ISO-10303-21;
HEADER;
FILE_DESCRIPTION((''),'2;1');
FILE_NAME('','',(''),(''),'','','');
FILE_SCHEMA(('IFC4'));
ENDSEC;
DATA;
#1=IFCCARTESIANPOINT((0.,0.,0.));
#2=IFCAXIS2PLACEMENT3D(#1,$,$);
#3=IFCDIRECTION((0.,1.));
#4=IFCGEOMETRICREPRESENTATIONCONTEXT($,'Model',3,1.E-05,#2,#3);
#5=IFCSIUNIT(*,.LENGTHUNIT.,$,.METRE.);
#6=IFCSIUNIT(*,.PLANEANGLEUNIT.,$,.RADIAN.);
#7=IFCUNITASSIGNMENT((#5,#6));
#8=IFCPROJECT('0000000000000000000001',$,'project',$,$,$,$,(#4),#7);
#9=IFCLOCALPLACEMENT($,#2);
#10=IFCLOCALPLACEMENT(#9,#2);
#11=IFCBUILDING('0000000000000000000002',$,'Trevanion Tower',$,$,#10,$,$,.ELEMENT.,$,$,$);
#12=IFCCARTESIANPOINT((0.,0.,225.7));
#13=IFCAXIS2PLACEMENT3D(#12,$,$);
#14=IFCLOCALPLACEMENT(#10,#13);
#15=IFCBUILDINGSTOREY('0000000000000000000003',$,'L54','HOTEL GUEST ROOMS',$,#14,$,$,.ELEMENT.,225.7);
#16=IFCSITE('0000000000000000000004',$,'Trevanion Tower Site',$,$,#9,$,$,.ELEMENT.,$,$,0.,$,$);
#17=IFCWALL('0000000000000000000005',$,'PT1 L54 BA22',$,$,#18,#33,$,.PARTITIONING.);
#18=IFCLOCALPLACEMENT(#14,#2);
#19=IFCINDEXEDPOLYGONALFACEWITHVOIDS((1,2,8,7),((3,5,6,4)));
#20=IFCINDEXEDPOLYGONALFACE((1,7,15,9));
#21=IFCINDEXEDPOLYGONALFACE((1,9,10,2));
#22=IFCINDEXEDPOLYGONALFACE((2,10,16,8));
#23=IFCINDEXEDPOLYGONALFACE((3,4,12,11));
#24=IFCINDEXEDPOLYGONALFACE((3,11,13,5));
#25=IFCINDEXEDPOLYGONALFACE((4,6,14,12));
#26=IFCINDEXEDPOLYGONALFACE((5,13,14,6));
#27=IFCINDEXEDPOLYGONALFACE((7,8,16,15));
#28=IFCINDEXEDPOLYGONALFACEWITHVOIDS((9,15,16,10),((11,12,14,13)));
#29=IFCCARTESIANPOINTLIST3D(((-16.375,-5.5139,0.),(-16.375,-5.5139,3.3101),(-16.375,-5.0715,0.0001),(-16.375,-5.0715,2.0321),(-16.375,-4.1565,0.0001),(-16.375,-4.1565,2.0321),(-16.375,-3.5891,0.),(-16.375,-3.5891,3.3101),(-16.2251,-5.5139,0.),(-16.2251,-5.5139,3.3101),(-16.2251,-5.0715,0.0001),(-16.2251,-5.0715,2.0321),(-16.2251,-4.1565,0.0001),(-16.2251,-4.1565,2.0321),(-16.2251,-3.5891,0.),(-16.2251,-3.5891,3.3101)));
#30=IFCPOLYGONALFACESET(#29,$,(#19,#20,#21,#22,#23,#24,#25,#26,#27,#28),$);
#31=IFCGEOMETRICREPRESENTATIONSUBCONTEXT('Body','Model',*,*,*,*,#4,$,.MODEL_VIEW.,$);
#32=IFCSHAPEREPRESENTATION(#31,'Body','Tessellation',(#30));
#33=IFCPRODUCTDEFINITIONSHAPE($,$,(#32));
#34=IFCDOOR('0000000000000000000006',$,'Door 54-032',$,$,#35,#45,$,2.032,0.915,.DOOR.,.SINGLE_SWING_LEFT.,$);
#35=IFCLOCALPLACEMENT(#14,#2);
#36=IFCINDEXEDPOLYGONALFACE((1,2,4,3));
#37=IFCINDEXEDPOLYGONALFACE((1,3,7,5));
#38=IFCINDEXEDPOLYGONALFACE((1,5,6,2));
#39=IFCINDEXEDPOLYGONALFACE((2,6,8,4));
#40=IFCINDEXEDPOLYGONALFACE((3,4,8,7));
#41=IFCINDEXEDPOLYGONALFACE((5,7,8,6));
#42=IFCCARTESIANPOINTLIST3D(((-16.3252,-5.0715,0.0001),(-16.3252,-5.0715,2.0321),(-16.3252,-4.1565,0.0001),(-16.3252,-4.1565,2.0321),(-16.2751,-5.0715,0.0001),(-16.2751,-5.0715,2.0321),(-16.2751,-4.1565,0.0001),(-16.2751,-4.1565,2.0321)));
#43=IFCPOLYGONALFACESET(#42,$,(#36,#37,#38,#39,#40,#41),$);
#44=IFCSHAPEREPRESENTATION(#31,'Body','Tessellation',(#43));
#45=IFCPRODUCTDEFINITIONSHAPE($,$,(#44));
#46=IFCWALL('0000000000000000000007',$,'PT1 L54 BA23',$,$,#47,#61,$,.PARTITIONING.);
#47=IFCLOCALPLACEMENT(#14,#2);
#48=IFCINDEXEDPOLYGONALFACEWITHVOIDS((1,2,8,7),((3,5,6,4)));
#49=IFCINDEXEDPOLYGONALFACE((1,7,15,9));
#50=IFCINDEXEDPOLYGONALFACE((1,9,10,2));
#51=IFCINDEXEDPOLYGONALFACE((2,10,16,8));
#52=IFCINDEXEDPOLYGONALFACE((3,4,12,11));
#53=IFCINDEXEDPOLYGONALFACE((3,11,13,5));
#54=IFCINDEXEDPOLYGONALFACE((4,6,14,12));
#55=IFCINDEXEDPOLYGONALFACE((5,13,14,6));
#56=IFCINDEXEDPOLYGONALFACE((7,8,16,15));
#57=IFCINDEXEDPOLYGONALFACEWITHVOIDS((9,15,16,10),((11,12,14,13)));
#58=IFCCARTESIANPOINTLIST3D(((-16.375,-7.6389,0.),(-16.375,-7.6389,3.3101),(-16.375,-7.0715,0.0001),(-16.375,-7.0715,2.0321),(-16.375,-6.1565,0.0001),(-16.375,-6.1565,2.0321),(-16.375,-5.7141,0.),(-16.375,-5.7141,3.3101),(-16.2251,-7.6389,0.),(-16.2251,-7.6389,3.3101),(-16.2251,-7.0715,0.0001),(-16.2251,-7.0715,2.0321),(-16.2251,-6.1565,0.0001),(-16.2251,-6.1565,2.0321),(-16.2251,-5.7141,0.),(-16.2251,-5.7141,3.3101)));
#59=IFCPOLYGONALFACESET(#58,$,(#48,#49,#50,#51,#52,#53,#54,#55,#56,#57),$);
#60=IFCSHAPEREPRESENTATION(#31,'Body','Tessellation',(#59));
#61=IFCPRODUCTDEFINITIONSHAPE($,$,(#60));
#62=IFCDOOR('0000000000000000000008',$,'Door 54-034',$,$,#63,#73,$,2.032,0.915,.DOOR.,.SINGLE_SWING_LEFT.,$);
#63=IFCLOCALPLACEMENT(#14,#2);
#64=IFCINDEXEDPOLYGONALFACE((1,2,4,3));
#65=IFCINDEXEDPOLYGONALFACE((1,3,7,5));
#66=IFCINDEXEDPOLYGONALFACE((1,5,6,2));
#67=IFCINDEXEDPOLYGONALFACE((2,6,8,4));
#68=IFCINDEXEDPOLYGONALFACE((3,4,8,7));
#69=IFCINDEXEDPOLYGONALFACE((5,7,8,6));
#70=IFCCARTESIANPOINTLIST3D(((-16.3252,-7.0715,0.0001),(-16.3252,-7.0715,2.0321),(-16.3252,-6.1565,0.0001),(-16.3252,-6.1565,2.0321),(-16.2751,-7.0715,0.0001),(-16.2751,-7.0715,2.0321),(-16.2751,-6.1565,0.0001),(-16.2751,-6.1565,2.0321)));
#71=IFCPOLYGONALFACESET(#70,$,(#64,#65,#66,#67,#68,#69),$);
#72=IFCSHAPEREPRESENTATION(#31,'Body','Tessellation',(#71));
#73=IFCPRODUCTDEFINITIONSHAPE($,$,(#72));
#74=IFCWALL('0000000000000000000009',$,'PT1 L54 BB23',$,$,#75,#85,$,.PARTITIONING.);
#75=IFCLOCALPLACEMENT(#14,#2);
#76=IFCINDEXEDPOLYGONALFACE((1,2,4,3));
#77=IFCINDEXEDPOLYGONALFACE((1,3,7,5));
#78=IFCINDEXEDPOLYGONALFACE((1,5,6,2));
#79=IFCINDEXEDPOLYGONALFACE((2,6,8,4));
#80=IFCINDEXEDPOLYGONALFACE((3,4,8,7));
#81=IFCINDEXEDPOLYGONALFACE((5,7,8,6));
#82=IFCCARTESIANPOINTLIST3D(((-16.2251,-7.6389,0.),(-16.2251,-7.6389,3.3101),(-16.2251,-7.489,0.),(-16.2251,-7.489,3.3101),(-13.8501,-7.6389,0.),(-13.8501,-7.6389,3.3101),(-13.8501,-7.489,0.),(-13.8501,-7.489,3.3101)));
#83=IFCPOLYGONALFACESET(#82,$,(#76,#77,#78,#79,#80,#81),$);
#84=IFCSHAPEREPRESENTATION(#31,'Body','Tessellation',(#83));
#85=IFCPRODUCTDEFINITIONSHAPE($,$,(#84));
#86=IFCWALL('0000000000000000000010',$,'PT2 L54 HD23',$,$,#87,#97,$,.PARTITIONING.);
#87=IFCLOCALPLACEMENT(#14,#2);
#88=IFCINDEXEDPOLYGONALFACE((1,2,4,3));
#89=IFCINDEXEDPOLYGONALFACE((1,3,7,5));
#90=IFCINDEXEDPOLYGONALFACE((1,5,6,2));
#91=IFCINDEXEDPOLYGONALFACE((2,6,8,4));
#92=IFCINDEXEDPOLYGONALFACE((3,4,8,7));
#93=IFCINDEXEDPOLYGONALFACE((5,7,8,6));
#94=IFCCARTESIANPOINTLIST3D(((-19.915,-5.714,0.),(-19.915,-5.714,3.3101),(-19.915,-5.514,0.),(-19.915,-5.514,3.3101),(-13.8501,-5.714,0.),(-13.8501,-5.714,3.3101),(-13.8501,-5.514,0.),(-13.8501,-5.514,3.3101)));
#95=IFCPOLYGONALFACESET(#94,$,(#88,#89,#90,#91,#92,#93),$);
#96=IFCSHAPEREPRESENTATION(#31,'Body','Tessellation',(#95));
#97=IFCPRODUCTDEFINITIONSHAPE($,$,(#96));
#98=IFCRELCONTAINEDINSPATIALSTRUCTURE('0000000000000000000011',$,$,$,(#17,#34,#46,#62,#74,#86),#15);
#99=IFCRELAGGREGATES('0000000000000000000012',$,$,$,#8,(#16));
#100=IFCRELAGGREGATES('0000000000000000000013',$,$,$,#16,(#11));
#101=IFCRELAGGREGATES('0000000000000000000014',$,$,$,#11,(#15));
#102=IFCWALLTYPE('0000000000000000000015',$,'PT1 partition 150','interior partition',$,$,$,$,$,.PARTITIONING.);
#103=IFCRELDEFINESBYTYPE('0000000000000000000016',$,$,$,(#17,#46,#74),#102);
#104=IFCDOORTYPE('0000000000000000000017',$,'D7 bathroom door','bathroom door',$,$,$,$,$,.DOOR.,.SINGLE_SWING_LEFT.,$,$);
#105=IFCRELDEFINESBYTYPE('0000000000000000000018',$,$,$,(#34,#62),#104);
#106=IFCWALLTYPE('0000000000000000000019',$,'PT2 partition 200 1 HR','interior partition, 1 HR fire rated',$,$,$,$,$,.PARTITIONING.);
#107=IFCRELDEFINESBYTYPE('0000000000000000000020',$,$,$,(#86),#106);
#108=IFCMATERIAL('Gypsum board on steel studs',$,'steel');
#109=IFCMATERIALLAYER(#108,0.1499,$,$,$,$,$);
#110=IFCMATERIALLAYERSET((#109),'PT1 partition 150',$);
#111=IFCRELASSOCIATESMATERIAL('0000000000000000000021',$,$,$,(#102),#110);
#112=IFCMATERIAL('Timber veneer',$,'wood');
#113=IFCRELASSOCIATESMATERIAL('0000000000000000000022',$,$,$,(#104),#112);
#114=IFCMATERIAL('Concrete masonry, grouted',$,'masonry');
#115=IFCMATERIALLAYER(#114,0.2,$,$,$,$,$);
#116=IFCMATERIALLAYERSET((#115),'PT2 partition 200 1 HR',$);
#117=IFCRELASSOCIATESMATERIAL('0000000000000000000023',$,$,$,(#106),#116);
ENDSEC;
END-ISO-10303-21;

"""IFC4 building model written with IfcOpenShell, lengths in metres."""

from ifc_helpers import new_model, si_unit, direction, frame, frame_2d, origin, place, context, subcontext, project, spatial, rectangle, extrude, material, layer, layer_set, type_object, element, fill, save


model = new_model("IFC4")

# Units and contexts
model_context = context("Model", 3, precision=1e-05, world=origin(), true_north=direction((0.0, 1.0)))
body_context = subcontext(model_context, "Body", "Model", "MODEL_VIEW")
ifc_project = project(units=[si_unit("LENGTHUNIT", "METRE"), si_unit("PLANEANGLEUNIT", "RADIAN")], contexts=[model_context])

# Site, building, storey
site_placement = place(None, origin())
site = spatial("IfcSite", under=ifc_project, at=site_placement, Name="Trevanion Tower Site", CompositionType="ELEMENT", RefElevation=0.0)
building_placement = place(site_placement, origin())
building = spatial("IfcBuilding", under=site, at=building_placement, Name="Trevanion Tower", CompositionType="ELEMENT")
storey_placement = place(building_placement, frame((0.0, 0.0, 225.7)))
storey = spatial("IfcBuildingStorey", under=building, at=storey_placement, Name="L54", Description="HOTEL GUEST ROOMS", CompositionType="ELEMENT", Elevation=225.7)

# Walls, openings, doors
ifc_material_1 = material(Name="Gypsum board on steel studs", Category="steel")
ifc_layer_1 = layer(ifc_material_1, 0.1499)
ifc_layer_set_1 = layer_set([ifc_layer_1], Name="PT1 partition 150")
wall_type_1 = type_object("IfcWallType", Name="PT1 partition 150", Description="interior partition", PredefinedType="PARTITIONING", material=ifc_layer_set_1)
wall_1_placement = place(storey_placement, frame((-16.3, -3.5891, 0.0), z_axis=(0.0, 0.0, 1.0), x_axis=(0.0, -1.0, 0.0)))
wall_1 = element("IfcWall", 1, at=wall_1_placement, inside=storey, type_object=wall_type_1, Name="PT1 L54 BA22", PredefinedType="PARTITIONING", context=body_context, shape_type="SweptSolid", body=[
    extrude(rectangle(XDim=1.9248, YDim=0.1499, at=frame_2d((0.9624, 0.0))), origin(), (0.0, 0.0, 1.0), 3.3101),
])
opening_1_placement = place(wall_1_placement, frame((0.5674, 0.0, 0.0)))
opening_1 = element("IfcOpeningElement", 2, at=opening_1_placement, cuts=wall_1, PredefinedType="OPENING", context=body_context, shape_type="SweptSolid", body=[
    extrude(rectangle(XDim=0.915, YDim=2.032, at=frame_2d((0.4575, 1.0161))), frame((0.0, 0.085, 0.0), z_axis=(0.0, -1.0, 0.0), x_axis=(1.0, 0.0, 0.0)), (0.0, 0.0, 1.0), 0.1699),
])
ifc_material_2 = material(Name="Timber veneer", Category="wood")
door_type = type_object("IfcDoorType", Name="D7 bathroom door", Description="bathroom door", OperationType="SINGLE_SWING_LEFT", PredefinedType="DOOR", material=ifc_material_2)
door_1_placement = place(opening_1_placement, origin())
door_1 = element("IfcDoor", 3, at=door_1_placement, inside=storey, type_object=door_type, Name="Door 54-032", OperationType="SINGLE_SWING_LEFT", OverallHeight=2.032, OverallWidth=0.915, PredefinedType="DOOR", context=body_context, shape_type="SweptSolid", body=[
    extrude(rectangle(XDim=0.915, YDim=2.032, at=frame_2d((0.4575, 1.0161))), frame((0.0, 0.0249, 0.0), z_axis=(0.0, -1.0, 0.0), x_axis=(1.0, 0.0, 0.0)), (0.0, 0.0, 1.0), 0.05),
])
fill(opening_1, door_1)
wall_2_placement = place(storey_placement, frame((-16.3, -5.7141, 0.0), z_axis=(0.0, 0.0, 1.0), x_axis=(0.0, -1.0, 0.0)))
wall_2 = element("IfcWall", 4, at=wall_2_placement, inside=storey, type_object=wall_type_1, Name="PT1 L54 BA23", PredefinedType="PARTITIONING", context=body_context, shape_type="SweptSolid", body=[
    extrude(rectangle(XDim=1.9248, YDim=0.1499, at=frame_2d((0.9624, 0.0))), origin(), (0.0, 0.0, 1.0), 3.3101),
])
opening_2_placement = place(wall_2_placement, frame((0.4424, 0.0, 0.0)))
opening_2 = element("IfcOpeningElement", 5, at=opening_2_placement, cuts=wall_2, PredefinedType="OPENING", context=body_context, shape_type="SweptSolid", body=[
    extrude(rectangle(XDim=0.915, YDim=2.032, at=frame_2d((0.4575, 1.0161))), frame((0.0, 0.085, 0.0), z_axis=(0.0, -1.0, 0.0), x_axis=(1.0, 0.0, 0.0)), (0.0, 0.0, 1.0), 0.1699),
])
door_2_placement = place(opening_2_placement, origin())
door_2 = element("IfcDoor", 6, at=door_2_placement, inside=storey, type_object=door_type, Name="Door 54-034", OperationType="SINGLE_SWING_LEFT", OverallHeight=2.032, OverallWidth=0.915, PredefinedType="DOOR", context=body_context, shape_type="SweptSolid", body=[
    extrude(rectangle(XDim=0.915, YDim=2.032, at=frame_2d((0.4575, 1.0161))), frame((0.0, 0.0249, 0.0), z_axis=(0.0, -1.0, 0.0), x_axis=(1.0, 0.0, 0.0)), (0.0, 0.0, 1.0), 0.05),
])
fill(opening_2, door_2)

# Walls
wall_3_placement = place(storey_placement, frame((-13.8501, -7.564, 0.0), z_axis=(0.0, 0.0, 1.0), x_axis=(-1.0, 0.0, 0.0)))
element("IfcWall", 7, at=wall_3_placement, inside=storey, type_object=wall_type_1, Name="PT1 L54 BB23", PredefinedType="PARTITIONING", context=body_context, shape_type="SweptSolid", body=[
    extrude(rectangle(XDim=2.375, YDim=0.1499, at=frame_2d((1.1875, 0.0))), origin(), (0.0, 0.0, 1.0), 3.3101),
])
ifc_material_3 = material(Name="Concrete masonry, grouted", Category="masonry")
ifc_layer_2 = layer(ifc_material_3, 0.2)
ifc_layer_set_2 = layer_set([ifc_layer_2], Name="PT2 partition 200 1 HR")
wall_type_2 = type_object("IfcWallType", Name="PT2 partition 200 1 HR", Description="interior partition, 1 HR fire rated", PredefinedType="PARTITIONING", material=ifc_layer_set_2)
wall_4_placement = place(storey_placement, frame((-13.8501, -5.614, 0.0), z_axis=(0.0, 0.0, 1.0), x_axis=(-1.0, 0.0, 0.0)))
element("IfcWall", 8, at=wall_4_placement, inside=storey, type_object=wall_type_2, Name="PT2 L54 HD23", PredefinedType="PARTITIONING", context=body_context, shape_type="SweptSolid", body=[
    extrude(rectangle(XDim=6.0649, YDim=0.2, at=frame_2d((3.0325, 0.0))), origin(), (0.0, 0.0, 1.0), 3.3101),
])

save(model, "model.ifc")
